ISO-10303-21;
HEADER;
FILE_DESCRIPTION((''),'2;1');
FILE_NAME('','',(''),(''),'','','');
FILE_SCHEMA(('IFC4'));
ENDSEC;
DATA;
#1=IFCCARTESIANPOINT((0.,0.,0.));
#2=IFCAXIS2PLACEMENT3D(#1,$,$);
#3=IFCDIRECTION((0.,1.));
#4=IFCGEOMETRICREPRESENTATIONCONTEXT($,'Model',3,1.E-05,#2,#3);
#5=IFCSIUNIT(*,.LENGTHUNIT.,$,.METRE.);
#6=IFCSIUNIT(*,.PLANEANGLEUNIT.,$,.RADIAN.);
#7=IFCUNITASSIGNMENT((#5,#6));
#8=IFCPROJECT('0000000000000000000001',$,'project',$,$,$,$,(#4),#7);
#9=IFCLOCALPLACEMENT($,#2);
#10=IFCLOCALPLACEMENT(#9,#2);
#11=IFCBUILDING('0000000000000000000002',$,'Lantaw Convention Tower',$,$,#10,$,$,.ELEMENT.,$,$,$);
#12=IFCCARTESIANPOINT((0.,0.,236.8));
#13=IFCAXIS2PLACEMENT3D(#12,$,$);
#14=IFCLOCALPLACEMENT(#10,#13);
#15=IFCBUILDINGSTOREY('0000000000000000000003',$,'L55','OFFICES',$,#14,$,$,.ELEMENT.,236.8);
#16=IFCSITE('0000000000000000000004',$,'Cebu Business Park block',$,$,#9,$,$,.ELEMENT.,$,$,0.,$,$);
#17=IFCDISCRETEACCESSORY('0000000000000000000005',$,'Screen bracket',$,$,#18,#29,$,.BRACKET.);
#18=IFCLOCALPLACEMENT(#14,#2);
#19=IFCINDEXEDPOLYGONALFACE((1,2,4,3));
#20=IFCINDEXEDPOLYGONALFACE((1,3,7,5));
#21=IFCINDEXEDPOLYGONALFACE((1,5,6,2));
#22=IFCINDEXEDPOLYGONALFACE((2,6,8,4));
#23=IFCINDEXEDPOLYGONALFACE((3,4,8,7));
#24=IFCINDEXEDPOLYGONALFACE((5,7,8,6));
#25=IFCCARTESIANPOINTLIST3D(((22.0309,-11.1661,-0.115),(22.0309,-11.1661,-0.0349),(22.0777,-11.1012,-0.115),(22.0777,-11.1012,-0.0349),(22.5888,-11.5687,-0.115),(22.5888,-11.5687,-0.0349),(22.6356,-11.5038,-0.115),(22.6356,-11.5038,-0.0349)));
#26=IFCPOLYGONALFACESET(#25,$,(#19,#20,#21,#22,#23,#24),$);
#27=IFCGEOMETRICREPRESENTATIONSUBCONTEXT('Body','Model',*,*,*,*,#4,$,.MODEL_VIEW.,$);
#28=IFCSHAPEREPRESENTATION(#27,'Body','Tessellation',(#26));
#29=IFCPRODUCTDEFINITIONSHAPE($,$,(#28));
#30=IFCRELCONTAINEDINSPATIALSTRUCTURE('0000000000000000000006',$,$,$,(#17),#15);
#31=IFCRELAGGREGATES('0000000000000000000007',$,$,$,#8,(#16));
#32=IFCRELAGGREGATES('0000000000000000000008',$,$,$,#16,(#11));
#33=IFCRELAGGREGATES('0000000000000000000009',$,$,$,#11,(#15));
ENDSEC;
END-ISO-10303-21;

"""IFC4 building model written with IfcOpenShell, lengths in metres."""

from ifc_helpers import new_model, si_unit, direction, frame, origin, origin_2d, place, context, subcontext, project, spatial, rectangle, extrude, element, save


model = new_model("IFC4")

# Units and contexts
model_context = context("Model", 3, precision=1e-05, world=origin(), true_north=direction((0.0, 1.0)))
body_context = subcontext(model_context, "Body", "Model", "MODEL_VIEW")
ifc_project = project(units=[si_unit("LENGTHUNIT", "METRE"), si_unit("PLANEANGLEUNIT", "RADIAN")], contexts=[model_context])

# Site, building, storey
site_placement = place(None, origin())
site = spatial("IfcSite", under=ifc_project, at=site_placement, Name="Cebu Business Park block", CompositionType="ELEMENT", RefElevation=0.0)
building_placement = place(site_placement, origin())
building = spatial("IfcBuilding", under=site, at=building_placement, Name="Lantaw Convention Tower", CompositionType="ELEMENT")
storey_placement = place(building_placement, frame((0.0, 0.0, 236.8)))
storey = spatial("IfcBuildingStorey", under=building, at=storey_placement, Name="L55", Description="OFFICES", CompositionType="ELEMENT", Elevation=236.8)

# Discrete accessory
for number, where, z_axis, x_axis, name in (
    (1, (22.3333, -11.335, -0.115), (0.0, 0.0, 1.0), (0.585158, 0.81092, 0.0), "Screen bracket"),
):
    element("IfcDiscreteAccessory", number, at=place(storey_placement, frame(where, z_axis=z_axis, x_axis=x_axis)), inside=storey, Name=name, PredefinedType="BRACKET", context=body_context, shape_type="SweptSolid", body=[
        extrude(rectangle(XDim=0.0801, YDim=0.688, at=origin_2d()), origin(), (0.0, 0.0, 1.0), 0.0801),
    ])

save(model, "model.ifc")
